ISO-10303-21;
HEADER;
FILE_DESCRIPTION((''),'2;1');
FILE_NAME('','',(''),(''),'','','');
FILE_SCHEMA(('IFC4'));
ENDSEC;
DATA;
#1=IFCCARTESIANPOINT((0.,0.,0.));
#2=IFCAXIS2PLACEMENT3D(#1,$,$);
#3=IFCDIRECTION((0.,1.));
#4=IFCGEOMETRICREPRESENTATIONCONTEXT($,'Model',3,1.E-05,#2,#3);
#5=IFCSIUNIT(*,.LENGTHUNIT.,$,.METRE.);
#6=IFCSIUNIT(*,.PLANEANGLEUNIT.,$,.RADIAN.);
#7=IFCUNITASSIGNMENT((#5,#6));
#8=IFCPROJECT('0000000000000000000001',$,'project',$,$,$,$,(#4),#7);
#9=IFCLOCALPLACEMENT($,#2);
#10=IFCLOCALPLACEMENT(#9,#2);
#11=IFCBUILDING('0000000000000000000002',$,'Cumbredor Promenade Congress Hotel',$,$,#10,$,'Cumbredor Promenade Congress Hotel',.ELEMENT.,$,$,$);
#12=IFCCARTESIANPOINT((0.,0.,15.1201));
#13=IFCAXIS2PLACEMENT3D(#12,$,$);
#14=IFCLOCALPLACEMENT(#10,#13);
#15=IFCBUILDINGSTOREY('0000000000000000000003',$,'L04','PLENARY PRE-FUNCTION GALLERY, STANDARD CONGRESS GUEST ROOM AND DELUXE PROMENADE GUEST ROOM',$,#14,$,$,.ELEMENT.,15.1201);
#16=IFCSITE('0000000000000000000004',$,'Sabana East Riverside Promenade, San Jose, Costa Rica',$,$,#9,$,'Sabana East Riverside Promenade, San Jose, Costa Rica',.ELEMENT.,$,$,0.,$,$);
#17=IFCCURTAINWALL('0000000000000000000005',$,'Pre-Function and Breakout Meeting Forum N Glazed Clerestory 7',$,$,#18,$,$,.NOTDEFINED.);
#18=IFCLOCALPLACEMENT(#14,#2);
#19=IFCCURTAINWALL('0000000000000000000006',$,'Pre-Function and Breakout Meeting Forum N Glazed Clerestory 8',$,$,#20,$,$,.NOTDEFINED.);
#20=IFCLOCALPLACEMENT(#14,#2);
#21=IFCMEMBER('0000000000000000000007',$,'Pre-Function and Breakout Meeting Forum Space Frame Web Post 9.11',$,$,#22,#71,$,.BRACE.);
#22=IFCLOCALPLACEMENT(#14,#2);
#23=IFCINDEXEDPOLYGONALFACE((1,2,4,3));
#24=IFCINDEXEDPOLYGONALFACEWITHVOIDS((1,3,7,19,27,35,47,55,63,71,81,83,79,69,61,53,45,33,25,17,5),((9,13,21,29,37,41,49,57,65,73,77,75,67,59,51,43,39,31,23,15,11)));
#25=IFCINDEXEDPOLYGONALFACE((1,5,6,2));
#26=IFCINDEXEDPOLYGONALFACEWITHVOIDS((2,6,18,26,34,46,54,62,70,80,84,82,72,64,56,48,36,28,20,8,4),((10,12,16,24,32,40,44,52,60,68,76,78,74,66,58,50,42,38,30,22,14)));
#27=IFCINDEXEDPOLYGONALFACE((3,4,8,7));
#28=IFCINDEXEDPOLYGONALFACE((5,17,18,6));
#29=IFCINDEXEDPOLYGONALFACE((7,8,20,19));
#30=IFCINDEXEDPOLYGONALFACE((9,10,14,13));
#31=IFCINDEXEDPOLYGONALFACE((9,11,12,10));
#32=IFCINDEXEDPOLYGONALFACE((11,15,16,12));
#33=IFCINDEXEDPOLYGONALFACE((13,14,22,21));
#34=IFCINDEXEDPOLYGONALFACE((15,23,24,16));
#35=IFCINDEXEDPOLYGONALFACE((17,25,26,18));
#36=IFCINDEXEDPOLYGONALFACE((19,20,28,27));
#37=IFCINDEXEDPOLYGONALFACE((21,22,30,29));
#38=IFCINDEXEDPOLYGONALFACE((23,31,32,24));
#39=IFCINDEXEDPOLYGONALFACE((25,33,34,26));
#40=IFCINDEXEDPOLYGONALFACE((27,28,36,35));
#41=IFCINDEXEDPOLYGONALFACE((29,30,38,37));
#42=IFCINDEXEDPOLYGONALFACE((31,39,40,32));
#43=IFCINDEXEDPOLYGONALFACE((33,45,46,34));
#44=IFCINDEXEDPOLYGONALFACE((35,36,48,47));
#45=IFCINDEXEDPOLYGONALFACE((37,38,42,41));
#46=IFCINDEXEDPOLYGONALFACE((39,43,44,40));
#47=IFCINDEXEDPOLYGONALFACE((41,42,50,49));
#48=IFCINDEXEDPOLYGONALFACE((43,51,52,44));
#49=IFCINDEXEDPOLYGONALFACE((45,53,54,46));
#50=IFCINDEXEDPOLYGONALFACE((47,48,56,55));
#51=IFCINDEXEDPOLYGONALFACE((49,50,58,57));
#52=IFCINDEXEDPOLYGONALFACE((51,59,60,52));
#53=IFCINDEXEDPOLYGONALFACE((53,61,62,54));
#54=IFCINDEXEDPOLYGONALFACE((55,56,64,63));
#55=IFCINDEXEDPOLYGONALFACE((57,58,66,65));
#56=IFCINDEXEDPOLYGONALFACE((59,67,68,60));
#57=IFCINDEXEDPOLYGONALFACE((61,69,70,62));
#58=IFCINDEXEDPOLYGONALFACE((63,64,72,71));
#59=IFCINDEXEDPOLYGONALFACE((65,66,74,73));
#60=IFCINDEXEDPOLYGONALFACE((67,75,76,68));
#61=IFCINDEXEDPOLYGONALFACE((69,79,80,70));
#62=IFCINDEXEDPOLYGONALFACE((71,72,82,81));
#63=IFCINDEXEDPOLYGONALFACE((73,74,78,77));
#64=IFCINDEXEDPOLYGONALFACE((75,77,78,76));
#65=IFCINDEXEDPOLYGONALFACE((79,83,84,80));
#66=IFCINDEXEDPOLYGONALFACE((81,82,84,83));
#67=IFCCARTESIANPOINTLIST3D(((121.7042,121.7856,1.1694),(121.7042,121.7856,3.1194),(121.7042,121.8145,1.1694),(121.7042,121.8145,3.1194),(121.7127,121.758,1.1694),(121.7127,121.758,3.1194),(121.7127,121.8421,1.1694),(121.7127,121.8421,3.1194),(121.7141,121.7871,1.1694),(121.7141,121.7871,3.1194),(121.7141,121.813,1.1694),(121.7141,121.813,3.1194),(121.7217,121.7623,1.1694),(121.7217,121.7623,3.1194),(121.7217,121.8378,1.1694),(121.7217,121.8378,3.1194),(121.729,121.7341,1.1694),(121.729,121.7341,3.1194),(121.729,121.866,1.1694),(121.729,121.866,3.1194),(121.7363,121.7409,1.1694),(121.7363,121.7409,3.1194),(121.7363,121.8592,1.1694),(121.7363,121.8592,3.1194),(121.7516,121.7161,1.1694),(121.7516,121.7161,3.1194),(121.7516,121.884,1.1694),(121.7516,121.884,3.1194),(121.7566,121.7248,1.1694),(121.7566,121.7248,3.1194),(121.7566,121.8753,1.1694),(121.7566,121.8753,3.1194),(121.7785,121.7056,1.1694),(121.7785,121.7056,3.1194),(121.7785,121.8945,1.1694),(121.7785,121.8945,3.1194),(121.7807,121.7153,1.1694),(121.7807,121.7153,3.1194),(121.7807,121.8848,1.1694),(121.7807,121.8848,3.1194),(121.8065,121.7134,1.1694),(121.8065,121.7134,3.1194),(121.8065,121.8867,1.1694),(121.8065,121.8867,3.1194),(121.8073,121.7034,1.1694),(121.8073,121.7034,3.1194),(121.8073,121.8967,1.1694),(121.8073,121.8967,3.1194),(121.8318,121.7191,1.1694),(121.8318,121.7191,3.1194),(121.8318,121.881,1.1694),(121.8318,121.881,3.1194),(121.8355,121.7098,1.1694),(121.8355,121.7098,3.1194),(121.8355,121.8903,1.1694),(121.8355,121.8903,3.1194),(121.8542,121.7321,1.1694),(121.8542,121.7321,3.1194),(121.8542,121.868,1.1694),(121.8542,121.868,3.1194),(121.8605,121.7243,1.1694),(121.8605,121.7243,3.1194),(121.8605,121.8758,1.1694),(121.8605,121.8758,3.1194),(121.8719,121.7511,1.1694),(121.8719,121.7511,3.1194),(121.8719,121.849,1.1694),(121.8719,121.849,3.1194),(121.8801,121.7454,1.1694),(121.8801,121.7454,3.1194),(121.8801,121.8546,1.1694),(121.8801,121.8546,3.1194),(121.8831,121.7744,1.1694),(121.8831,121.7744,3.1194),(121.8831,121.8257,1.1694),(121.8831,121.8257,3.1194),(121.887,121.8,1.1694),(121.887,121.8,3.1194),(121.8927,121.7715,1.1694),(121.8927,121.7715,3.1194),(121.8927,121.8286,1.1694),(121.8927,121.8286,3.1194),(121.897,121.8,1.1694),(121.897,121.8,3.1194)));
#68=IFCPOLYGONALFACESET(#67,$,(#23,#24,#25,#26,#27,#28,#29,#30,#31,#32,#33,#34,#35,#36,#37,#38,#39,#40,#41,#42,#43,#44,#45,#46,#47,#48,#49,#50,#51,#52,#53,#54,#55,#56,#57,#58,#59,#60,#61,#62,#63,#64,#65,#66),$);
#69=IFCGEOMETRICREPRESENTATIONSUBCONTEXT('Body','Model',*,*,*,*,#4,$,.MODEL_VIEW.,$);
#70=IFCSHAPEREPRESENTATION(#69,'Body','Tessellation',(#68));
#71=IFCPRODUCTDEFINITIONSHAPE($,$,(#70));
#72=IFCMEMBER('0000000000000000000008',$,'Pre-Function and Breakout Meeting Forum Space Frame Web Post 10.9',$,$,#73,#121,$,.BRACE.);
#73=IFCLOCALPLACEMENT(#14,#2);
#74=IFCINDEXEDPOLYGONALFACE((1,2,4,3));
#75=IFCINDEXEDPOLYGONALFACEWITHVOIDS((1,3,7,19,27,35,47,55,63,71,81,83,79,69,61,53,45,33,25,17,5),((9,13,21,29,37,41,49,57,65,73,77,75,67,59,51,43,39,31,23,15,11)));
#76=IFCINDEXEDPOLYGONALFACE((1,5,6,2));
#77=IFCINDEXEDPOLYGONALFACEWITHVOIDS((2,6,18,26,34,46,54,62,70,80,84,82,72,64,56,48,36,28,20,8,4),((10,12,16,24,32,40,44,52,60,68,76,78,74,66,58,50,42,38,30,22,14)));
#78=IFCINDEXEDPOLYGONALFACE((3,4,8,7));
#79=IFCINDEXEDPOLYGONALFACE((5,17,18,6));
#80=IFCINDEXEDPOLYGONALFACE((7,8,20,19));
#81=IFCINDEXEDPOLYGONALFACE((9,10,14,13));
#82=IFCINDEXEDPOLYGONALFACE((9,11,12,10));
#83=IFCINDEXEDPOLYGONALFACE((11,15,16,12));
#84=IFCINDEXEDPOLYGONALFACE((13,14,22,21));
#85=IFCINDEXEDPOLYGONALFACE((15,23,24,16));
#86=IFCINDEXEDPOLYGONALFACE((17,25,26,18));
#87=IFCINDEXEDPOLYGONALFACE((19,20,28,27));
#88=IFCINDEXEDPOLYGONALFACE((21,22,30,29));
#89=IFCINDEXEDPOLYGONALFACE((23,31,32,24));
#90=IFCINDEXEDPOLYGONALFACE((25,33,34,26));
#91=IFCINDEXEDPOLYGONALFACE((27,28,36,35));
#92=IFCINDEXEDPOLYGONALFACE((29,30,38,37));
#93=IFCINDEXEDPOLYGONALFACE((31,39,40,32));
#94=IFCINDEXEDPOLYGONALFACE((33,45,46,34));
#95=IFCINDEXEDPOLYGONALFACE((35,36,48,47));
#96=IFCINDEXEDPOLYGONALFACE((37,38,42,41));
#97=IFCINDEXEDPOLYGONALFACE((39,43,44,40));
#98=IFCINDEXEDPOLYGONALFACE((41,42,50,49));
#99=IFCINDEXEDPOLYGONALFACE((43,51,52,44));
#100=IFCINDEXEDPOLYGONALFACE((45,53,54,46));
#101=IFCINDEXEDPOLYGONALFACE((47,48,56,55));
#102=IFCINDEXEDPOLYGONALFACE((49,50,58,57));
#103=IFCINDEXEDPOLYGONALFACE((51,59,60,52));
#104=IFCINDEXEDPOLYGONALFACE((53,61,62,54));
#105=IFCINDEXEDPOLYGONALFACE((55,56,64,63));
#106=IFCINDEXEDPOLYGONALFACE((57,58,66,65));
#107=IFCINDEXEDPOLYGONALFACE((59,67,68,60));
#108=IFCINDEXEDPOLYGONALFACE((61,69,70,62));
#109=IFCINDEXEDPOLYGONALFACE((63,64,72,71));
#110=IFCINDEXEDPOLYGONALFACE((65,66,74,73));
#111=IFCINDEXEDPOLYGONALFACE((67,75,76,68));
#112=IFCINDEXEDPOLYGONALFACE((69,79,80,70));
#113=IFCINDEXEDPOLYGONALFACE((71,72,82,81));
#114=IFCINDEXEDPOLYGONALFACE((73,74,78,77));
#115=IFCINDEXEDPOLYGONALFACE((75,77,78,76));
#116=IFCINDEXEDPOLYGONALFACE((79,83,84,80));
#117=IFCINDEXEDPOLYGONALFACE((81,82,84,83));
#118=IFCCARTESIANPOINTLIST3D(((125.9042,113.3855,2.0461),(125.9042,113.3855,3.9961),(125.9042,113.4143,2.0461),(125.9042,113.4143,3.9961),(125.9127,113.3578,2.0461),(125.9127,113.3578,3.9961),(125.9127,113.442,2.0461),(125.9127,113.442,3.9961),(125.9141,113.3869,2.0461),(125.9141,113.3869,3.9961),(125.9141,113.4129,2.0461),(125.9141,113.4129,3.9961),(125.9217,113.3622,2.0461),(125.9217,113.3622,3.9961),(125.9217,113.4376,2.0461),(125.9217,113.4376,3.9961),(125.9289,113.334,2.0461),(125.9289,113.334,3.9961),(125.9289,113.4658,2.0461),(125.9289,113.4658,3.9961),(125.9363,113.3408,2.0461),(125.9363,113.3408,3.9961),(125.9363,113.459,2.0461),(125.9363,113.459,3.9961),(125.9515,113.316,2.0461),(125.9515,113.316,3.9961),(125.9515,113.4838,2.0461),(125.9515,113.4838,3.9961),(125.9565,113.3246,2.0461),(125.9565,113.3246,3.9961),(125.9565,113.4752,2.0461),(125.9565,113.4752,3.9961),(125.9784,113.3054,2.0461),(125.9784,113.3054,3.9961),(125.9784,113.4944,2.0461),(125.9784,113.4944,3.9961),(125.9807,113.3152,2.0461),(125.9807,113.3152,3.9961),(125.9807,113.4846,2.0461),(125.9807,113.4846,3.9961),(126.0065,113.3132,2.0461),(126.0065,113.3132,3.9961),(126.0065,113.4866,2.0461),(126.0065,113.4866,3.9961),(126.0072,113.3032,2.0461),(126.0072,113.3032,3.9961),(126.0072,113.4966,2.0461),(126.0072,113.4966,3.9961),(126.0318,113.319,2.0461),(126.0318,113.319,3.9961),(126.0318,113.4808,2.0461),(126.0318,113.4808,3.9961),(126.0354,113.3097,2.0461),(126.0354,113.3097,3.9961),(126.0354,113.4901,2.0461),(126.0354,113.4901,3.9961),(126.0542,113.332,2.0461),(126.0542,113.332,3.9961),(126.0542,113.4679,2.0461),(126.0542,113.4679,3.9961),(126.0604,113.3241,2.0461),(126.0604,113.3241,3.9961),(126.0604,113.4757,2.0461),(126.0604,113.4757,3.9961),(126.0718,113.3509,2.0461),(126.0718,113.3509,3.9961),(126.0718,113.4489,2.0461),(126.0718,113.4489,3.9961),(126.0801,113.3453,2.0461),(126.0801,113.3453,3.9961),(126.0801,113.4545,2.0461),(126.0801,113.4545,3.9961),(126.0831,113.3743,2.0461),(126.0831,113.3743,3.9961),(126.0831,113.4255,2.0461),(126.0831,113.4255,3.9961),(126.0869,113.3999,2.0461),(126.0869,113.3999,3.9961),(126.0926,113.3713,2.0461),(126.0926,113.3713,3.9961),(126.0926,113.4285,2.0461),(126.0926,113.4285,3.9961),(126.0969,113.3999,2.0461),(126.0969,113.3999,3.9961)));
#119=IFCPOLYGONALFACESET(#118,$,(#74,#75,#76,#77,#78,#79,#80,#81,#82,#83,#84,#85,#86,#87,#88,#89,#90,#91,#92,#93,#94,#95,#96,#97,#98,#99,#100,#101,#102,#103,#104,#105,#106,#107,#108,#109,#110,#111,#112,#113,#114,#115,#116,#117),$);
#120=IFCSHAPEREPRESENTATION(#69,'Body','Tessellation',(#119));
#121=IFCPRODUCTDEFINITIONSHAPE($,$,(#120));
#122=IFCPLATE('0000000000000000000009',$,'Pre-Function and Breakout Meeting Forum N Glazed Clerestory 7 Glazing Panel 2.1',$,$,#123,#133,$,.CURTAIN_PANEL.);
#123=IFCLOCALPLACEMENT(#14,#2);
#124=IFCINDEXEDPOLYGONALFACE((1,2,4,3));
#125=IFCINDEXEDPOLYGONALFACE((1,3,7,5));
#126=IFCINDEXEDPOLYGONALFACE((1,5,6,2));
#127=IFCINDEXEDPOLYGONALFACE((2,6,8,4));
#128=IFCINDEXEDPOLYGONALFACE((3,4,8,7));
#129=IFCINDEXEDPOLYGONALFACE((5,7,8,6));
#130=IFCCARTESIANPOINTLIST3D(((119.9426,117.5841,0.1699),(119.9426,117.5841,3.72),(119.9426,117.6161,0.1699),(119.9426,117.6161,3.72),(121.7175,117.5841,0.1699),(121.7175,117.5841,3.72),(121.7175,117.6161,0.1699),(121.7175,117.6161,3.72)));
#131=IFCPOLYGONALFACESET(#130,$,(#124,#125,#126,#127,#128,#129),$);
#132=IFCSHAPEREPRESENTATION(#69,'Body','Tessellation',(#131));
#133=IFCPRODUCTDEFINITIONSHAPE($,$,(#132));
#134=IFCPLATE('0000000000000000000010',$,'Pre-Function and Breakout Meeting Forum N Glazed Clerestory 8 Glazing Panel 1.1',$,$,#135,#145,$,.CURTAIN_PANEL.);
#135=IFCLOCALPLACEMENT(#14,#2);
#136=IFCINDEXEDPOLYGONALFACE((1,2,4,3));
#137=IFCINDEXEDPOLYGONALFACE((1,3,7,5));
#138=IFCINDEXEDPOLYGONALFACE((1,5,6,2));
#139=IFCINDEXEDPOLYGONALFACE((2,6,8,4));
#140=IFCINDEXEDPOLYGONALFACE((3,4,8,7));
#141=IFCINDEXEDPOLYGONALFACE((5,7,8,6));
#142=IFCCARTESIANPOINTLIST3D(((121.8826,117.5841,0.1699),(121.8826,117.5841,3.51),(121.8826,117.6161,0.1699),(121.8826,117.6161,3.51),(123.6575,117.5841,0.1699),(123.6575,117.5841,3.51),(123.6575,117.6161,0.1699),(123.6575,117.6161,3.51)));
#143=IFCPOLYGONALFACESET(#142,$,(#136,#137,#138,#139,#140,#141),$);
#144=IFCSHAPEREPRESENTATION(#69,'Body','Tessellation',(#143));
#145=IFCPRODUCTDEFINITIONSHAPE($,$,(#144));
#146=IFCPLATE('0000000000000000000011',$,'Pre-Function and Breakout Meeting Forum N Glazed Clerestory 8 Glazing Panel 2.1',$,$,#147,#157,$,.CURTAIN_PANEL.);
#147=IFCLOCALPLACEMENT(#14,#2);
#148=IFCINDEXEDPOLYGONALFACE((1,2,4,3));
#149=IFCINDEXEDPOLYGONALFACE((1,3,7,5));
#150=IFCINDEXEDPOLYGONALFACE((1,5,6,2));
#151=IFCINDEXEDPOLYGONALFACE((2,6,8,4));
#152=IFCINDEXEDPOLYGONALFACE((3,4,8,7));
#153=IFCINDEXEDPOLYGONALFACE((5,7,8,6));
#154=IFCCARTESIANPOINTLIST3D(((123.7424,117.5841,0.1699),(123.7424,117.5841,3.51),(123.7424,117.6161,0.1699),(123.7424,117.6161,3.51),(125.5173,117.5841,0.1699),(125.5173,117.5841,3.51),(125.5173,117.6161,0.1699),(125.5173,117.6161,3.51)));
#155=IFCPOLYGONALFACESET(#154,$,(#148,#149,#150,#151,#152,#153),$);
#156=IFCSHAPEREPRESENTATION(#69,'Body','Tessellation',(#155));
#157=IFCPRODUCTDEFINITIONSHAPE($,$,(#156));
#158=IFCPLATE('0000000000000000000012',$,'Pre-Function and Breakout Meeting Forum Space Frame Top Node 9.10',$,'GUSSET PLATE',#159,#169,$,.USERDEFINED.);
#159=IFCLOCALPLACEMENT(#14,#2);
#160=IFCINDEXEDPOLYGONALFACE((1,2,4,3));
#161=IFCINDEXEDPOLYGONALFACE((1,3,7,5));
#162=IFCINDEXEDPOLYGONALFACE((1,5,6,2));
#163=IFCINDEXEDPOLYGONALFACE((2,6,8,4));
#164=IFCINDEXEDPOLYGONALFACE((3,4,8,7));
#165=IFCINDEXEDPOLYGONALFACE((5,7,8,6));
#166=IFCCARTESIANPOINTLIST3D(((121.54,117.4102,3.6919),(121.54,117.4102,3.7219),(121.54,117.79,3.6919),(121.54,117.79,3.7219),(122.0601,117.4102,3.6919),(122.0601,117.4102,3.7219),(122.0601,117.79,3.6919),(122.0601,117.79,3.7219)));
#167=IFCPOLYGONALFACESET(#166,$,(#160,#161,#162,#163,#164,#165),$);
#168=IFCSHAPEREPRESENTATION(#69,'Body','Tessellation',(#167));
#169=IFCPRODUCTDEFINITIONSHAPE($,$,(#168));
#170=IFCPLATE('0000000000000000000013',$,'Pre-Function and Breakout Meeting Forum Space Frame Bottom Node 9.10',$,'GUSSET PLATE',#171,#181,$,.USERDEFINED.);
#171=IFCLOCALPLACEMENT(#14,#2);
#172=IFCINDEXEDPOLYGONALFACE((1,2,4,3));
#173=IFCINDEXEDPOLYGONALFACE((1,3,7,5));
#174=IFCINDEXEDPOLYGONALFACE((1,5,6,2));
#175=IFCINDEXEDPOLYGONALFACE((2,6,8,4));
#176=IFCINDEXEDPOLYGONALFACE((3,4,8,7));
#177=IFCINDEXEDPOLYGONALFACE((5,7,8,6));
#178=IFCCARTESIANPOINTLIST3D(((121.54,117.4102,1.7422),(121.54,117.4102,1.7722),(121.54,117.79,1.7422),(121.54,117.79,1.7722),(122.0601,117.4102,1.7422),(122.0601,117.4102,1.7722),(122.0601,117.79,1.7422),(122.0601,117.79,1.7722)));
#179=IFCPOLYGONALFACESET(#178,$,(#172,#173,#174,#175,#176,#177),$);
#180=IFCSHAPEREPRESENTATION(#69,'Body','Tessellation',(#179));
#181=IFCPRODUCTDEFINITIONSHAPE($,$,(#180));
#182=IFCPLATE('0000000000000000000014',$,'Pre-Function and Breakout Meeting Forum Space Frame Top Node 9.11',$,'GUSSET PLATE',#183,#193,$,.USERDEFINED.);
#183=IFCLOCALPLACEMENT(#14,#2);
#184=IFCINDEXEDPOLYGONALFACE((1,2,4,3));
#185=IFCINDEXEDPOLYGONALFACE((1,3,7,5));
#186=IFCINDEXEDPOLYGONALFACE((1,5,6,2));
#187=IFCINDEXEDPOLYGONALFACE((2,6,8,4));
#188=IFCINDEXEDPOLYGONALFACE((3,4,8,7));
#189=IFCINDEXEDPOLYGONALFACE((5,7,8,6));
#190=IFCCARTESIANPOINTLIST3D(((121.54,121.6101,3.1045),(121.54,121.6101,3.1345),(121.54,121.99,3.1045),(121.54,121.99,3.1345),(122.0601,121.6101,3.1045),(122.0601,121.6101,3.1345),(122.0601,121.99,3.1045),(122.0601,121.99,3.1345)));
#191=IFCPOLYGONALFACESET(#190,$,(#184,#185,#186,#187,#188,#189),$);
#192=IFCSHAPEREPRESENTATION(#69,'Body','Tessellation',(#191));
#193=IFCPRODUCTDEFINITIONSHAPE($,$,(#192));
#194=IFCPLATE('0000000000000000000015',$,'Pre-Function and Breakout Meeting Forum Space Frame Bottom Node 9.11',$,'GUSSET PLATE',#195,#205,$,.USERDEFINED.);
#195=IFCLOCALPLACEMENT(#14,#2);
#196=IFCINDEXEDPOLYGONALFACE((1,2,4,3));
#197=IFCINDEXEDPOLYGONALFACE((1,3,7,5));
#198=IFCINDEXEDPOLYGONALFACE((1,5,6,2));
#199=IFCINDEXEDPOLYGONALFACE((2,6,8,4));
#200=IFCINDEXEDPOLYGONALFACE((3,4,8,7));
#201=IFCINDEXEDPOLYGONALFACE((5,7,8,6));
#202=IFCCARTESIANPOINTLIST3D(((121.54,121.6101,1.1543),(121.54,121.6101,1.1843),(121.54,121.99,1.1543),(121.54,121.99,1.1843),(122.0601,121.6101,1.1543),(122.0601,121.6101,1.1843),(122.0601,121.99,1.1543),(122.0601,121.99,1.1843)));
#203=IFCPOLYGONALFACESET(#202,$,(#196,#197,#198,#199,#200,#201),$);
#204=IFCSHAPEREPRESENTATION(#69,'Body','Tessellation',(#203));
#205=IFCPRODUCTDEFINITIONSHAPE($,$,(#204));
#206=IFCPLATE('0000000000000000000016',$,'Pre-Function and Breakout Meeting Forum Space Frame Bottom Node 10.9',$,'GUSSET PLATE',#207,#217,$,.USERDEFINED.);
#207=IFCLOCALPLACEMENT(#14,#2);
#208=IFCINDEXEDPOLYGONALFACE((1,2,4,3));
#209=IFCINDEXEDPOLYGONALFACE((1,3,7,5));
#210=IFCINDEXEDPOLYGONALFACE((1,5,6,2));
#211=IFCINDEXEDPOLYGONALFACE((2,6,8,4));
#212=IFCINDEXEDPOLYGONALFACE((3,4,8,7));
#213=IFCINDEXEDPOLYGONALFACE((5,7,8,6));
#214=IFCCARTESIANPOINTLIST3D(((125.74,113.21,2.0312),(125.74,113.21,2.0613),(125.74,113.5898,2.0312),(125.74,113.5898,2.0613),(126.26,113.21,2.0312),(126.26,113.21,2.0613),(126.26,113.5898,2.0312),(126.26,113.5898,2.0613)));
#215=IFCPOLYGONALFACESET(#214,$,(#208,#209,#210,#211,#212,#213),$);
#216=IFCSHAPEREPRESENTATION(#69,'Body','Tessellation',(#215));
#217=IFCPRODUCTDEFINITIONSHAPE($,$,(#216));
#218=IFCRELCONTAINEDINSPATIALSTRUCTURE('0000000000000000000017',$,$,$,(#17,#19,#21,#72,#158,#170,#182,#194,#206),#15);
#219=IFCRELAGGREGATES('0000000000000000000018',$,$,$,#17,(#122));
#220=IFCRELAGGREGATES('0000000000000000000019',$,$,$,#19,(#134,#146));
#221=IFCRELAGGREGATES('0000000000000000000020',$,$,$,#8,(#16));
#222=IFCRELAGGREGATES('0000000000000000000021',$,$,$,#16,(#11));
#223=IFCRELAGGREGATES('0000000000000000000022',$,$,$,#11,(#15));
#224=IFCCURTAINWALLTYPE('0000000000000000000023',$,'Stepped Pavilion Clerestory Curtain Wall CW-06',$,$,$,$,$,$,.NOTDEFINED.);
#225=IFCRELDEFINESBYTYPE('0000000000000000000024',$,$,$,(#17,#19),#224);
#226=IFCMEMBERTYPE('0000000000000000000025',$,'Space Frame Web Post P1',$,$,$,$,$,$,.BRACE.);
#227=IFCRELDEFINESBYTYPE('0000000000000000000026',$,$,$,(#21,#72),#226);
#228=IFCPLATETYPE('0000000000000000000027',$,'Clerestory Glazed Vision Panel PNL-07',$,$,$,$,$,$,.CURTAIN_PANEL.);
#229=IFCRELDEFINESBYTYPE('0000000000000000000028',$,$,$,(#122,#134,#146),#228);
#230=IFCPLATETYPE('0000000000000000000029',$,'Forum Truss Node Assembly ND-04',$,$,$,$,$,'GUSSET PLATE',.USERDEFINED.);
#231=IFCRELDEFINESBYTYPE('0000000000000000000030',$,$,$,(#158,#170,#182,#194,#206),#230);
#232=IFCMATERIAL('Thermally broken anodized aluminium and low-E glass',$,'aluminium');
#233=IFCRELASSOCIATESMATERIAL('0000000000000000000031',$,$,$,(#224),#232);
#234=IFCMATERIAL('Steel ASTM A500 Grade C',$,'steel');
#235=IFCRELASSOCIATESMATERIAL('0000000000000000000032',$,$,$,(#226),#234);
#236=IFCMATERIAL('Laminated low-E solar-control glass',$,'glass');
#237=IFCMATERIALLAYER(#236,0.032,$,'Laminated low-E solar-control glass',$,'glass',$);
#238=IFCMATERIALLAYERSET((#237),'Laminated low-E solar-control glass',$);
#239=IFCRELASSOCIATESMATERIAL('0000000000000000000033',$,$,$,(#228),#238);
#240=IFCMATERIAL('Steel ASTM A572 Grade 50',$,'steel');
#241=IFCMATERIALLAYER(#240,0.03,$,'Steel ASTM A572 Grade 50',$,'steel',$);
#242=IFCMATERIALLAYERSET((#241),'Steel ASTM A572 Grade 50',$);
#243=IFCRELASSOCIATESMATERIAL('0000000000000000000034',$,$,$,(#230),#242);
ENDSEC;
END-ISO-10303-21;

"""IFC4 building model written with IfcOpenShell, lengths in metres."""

from ifc_helpers import new_model, si_unit, direction, frame, origin, origin_2d, place, context, subcontext, project, spatial, rectangle, hollow_circle, extrude, material, layer, layer_set, material_profile, profile_set, type_object, element, aggregate, save


model = new_model("IFC4")

# Units and contexts
model_context = context("Model", 3, precision=1e-05, world=origin(), true_north=direction((0.0, 1.0)))
body_context = subcontext(model_context, "Body", "Model", "MODEL_VIEW")
ifc_project = project(units=[si_unit("LENGTHUNIT", "METRE"), si_unit("PLANEANGLEUNIT", "RADIAN")], contexts=[model_context])

# Site, building, storey
site_placement = place(None, origin())
site = spatial("IfcSite", under=ifc_project, at=site_placement, Name="Sabana East Riverside Promenade, San Jose, Costa Rica", LongName="Sabana East Riverside Promenade, San Jose, Costa Rica", CompositionType="ELEMENT", RefElevation=0.0)
building_placement = place(site_placement, origin())
building = spatial("IfcBuilding", under=site, at=building_placement, Name="Cumbredor Promenade Congress Hotel", LongName="Cumbredor Promenade Congress Hotel", CompositionType="ELEMENT")
storey_placement = place(building_placement, frame((0.0, 0.0, 15.1201)))
storey = spatial("IfcBuildingStorey", under=building, at=storey_placement, Name="L04", Description="PLENARY PRE-FUNCTION GALLERY, STANDARD CONGRESS GUEST ROOM AND DELUXE PROMENADE GUEST ROOM", CompositionType="ELEMENT", Elevation=15.1201)

# Curtain walls
ifc_material_1 = material(Name="Thermally broken anodized aluminium and low-E glass", Category="aluminium")
curtain_wall_type = type_object("IfcCurtainWallType", Name="Stepped Pavilion Clerestory Curtain Wall CW-06", PredefinedType="NOTDEFINED", material=ifc_material_1)
curtain_wall_1_placement = place(storey_placement, origin())
curtain_wall_1 = element("IfcCurtainWall", 1, at=curtain_wall_1_placement, inside=storey, type_object=curtain_wall_type, Name="Pre-Function and Breakout Meeting Forum N Glazed Clerestory 7", PredefinedType="NOTDEFINED")
curtain_wall_2_placement = place(storey_placement, origin())
curtain_wall_2 = element("IfcCurtainWall", 2, at=curtain_wall_2_placement, inside=storey, type_object=curtain_wall_type, Name="Pre-Function and Breakout Meeting Forum N Glazed Clerestory 8", PredefinedType="NOTDEFINED")

# Members
ifc_material_2 = material(Name="Steel ASTM A500 Grade C", Category="steel")
ifc_material_profile_1 = material_profile(ifc_material_2, hollow_circle(Radius=0.0969, WallThickness=0.01, at=origin_2d()), Name="CHS 193.7x10")
ifc_profile_set_1 = profile_set([ifc_material_profile_1], Name="Steel ASTM A500 Grade C")
member_type_1 = type_object("IfcMemberType", Name="Space Frame Web Post P1", PredefinedType="BRACE", material=ifc_profile_set_1)
for number, where, z_axis, x_axis, name in (
    (3, (121.8, 121.8, 1.1694), (0.0, 0.0, 1.0), (1.0, 0.0, 0.0), "Pre-Function and Breakout Meeting Forum Space Frame Web Post 9.11"),
    (4, (126.0, 113.3999, 2.0461), (0.0, 0.0, 1.0), (1.0, 0.0, 0.0), "Pre-Function and Breakout Meeting Forum Space Frame Web Post 10.9"),
):
    element("IfcMember", number, at=place(storey_placement, frame(where, z_axis=z_axis, x_axis=x_axis)), inside=storey, type_object=member_type_1, Name=name, PredefinedType="BRACE", context=body_context, shape_type="SweptSolid", body=[
        extrude(hollow_circle(Radius=0.0969, WallThickness=0.01, at=origin_2d()), origin(), (0.0, 0.0, 1.0), 1.95),
    ])

# Plates
ifc_material_3 = material(Name="Laminated low-E solar-control glass", Category="glass")
ifc_layer_1 = layer(ifc_material_3, 0.032, Name="Laminated low-E solar-control glass", Category="glass")
ifc_layer_set_1 = layer_set([ifc_layer_1], Name="Laminated low-E solar-control glass")
plate_type_1 = type_object("IfcPlateType", Name="Clerestory Glazed Vision Panel PNL-07", PredefinedType="CURTAIN_PANEL", material=ifc_layer_set_1)
plate_1_placement = place(storey_placement, frame((120.8301, 117.6001, 0.1699), z_axis=(0.0, 0.0, 1.0), x_axis=(1.0, 0.0, 0.0)))
plate_1 = element("IfcPlate", 5, at=plate_1_placement, type_object=plate_type_1, Name="Pre-Function and Breakout Meeting Forum N Glazed Clerestory 7 Glazing Panel 2.1", PredefinedType="CURTAIN_PANEL", context=body_context, shape_type="SweptSolid", body=[
    extrude(rectangle(XDim=1.7749, YDim=0.032, at=origin_2d()), origin(), (0.0, 0.0, 1.0), 3.55),
])
aggregate(curtain_wall_1, [plate_1])
plate_2_placement = place(storey_placement, frame((122.77, 117.6001, 0.1699), z_axis=(0.0, 0.0, 1.0), x_axis=(1.0, 0.0, 0.0)))
plate_2 = element("IfcPlate", 6, at=plate_2_placement, type_object=plate_type_1, Name="Pre-Function and Breakout Meeting Forum N Glazed Clerestory 8 Glazing Panel 1.1", PredefinedType="CURTAIN_PANEL", context=body_context, shape_type="SweptSolid", body=[
    extrude(rectangle(XDim=1.7749, YDim=0.032, at=origin_2d()), origin(), (0.0, 0.0, 1.0), 3.3401),
])
plate_3_placement = place(storey_placement, frame((124.6299, 117.6001, 0.1699), z_axis=(0.0, 0.0, 1.0), x_axis=(1.0, 0.0, 0.0)))
plate_3 = element("IfcPlate", 7, at=plate_3_placement, type_object=plate_type_1, Name="Pre-Function and Breakout Meeting Forum N Glazed Clerestory 8 Glazing Panel 2.1", PredefinedType="CURTAIN_PANEL", context=body_context, shape_type="SweptSolid", body=[
    extrude(rectangle(XDim=1.7749, YDim=0.032, at=origin_2d()), origin(), (0.0, 0.0, 1.0), 3.3401),
])
aggregate(curtain_wall_2, [plate_2, plate_3])

# Plates
ifc_material_4 = material(Name="Steel ASTM A572 Grade 50", Category="steel")
ifc_layer_2 = layer(ifc_material_4, 0.03, Name="Steel ASTM A572 Grade 50", Category="steel")
ifc_layer_set_2 = layer_set([ifc_layer_2], Name="Steel ASTM A572 Grade 50")
plate_type_2 = type_object("IfcPlateType", Name="Forum Truss Node Assembly ND-04", ElementType="GUSSET PLATE", PredefinedType="USERDEFINED", material=ifc_layer_set_2)
for number, where, z_axis, x_axis, name in (
    (8, (121.8, 117.6001, 3.6919), (0.0, 0.0, 1.0), (1.0, 0.0, 0.0), "Pre-Function and Breakout Meeting Forum Space Frame Top Node 9.10"),
    (9, (121.8, 117.6001, 1.7422), (0.0, 0.0, 1.0), (1.0, 0.0, 0.0), "Pre-Function and Breakout Meeting Forum Space Frame Bottom Node 9.10"),
    (10, (121.8, 121.8, 3.1045), (0.0, 0.0, 1.0), (1.0, 0.0, 0.0), "Pre-Function and Breakout Meeting Forum Space Frame Top Node 9.11"),
    (11, (121.8, 121.8, 1.1543), (0.0, 0.0, 1.0), (1.0, 0.0, 0.0), "Pre-Function and Breakout Meeting Forum Space Frame Bottom Node 9.11"),
    (12, (126.0, 113.3999, 2.0312), (0.0, 0.0, 1.0), (1.0, 0.0, 0.0), "Pre-Function and Breakout Meeting Forum Space Frame Bottom Node 10.9"),
):
    element("IfcPlate", number, at=place(storey_placement, frame(where, z_axis=z_axis, x_axis=x_axis)), inside=storey, type_object=plate_type_2, Name=name, ObjectType="GUSSET PLATE", PredefinedType="USERDEFINED", context=body_context, shape_type="SweptSolid", body=[
        extrude(rectangle(XDim=0.52, YDim=0.3799, at=origin_2d()), origin(), (0.0, 0.0, 1.0), 0.03),
    ])

save(model, "model.ifc")
